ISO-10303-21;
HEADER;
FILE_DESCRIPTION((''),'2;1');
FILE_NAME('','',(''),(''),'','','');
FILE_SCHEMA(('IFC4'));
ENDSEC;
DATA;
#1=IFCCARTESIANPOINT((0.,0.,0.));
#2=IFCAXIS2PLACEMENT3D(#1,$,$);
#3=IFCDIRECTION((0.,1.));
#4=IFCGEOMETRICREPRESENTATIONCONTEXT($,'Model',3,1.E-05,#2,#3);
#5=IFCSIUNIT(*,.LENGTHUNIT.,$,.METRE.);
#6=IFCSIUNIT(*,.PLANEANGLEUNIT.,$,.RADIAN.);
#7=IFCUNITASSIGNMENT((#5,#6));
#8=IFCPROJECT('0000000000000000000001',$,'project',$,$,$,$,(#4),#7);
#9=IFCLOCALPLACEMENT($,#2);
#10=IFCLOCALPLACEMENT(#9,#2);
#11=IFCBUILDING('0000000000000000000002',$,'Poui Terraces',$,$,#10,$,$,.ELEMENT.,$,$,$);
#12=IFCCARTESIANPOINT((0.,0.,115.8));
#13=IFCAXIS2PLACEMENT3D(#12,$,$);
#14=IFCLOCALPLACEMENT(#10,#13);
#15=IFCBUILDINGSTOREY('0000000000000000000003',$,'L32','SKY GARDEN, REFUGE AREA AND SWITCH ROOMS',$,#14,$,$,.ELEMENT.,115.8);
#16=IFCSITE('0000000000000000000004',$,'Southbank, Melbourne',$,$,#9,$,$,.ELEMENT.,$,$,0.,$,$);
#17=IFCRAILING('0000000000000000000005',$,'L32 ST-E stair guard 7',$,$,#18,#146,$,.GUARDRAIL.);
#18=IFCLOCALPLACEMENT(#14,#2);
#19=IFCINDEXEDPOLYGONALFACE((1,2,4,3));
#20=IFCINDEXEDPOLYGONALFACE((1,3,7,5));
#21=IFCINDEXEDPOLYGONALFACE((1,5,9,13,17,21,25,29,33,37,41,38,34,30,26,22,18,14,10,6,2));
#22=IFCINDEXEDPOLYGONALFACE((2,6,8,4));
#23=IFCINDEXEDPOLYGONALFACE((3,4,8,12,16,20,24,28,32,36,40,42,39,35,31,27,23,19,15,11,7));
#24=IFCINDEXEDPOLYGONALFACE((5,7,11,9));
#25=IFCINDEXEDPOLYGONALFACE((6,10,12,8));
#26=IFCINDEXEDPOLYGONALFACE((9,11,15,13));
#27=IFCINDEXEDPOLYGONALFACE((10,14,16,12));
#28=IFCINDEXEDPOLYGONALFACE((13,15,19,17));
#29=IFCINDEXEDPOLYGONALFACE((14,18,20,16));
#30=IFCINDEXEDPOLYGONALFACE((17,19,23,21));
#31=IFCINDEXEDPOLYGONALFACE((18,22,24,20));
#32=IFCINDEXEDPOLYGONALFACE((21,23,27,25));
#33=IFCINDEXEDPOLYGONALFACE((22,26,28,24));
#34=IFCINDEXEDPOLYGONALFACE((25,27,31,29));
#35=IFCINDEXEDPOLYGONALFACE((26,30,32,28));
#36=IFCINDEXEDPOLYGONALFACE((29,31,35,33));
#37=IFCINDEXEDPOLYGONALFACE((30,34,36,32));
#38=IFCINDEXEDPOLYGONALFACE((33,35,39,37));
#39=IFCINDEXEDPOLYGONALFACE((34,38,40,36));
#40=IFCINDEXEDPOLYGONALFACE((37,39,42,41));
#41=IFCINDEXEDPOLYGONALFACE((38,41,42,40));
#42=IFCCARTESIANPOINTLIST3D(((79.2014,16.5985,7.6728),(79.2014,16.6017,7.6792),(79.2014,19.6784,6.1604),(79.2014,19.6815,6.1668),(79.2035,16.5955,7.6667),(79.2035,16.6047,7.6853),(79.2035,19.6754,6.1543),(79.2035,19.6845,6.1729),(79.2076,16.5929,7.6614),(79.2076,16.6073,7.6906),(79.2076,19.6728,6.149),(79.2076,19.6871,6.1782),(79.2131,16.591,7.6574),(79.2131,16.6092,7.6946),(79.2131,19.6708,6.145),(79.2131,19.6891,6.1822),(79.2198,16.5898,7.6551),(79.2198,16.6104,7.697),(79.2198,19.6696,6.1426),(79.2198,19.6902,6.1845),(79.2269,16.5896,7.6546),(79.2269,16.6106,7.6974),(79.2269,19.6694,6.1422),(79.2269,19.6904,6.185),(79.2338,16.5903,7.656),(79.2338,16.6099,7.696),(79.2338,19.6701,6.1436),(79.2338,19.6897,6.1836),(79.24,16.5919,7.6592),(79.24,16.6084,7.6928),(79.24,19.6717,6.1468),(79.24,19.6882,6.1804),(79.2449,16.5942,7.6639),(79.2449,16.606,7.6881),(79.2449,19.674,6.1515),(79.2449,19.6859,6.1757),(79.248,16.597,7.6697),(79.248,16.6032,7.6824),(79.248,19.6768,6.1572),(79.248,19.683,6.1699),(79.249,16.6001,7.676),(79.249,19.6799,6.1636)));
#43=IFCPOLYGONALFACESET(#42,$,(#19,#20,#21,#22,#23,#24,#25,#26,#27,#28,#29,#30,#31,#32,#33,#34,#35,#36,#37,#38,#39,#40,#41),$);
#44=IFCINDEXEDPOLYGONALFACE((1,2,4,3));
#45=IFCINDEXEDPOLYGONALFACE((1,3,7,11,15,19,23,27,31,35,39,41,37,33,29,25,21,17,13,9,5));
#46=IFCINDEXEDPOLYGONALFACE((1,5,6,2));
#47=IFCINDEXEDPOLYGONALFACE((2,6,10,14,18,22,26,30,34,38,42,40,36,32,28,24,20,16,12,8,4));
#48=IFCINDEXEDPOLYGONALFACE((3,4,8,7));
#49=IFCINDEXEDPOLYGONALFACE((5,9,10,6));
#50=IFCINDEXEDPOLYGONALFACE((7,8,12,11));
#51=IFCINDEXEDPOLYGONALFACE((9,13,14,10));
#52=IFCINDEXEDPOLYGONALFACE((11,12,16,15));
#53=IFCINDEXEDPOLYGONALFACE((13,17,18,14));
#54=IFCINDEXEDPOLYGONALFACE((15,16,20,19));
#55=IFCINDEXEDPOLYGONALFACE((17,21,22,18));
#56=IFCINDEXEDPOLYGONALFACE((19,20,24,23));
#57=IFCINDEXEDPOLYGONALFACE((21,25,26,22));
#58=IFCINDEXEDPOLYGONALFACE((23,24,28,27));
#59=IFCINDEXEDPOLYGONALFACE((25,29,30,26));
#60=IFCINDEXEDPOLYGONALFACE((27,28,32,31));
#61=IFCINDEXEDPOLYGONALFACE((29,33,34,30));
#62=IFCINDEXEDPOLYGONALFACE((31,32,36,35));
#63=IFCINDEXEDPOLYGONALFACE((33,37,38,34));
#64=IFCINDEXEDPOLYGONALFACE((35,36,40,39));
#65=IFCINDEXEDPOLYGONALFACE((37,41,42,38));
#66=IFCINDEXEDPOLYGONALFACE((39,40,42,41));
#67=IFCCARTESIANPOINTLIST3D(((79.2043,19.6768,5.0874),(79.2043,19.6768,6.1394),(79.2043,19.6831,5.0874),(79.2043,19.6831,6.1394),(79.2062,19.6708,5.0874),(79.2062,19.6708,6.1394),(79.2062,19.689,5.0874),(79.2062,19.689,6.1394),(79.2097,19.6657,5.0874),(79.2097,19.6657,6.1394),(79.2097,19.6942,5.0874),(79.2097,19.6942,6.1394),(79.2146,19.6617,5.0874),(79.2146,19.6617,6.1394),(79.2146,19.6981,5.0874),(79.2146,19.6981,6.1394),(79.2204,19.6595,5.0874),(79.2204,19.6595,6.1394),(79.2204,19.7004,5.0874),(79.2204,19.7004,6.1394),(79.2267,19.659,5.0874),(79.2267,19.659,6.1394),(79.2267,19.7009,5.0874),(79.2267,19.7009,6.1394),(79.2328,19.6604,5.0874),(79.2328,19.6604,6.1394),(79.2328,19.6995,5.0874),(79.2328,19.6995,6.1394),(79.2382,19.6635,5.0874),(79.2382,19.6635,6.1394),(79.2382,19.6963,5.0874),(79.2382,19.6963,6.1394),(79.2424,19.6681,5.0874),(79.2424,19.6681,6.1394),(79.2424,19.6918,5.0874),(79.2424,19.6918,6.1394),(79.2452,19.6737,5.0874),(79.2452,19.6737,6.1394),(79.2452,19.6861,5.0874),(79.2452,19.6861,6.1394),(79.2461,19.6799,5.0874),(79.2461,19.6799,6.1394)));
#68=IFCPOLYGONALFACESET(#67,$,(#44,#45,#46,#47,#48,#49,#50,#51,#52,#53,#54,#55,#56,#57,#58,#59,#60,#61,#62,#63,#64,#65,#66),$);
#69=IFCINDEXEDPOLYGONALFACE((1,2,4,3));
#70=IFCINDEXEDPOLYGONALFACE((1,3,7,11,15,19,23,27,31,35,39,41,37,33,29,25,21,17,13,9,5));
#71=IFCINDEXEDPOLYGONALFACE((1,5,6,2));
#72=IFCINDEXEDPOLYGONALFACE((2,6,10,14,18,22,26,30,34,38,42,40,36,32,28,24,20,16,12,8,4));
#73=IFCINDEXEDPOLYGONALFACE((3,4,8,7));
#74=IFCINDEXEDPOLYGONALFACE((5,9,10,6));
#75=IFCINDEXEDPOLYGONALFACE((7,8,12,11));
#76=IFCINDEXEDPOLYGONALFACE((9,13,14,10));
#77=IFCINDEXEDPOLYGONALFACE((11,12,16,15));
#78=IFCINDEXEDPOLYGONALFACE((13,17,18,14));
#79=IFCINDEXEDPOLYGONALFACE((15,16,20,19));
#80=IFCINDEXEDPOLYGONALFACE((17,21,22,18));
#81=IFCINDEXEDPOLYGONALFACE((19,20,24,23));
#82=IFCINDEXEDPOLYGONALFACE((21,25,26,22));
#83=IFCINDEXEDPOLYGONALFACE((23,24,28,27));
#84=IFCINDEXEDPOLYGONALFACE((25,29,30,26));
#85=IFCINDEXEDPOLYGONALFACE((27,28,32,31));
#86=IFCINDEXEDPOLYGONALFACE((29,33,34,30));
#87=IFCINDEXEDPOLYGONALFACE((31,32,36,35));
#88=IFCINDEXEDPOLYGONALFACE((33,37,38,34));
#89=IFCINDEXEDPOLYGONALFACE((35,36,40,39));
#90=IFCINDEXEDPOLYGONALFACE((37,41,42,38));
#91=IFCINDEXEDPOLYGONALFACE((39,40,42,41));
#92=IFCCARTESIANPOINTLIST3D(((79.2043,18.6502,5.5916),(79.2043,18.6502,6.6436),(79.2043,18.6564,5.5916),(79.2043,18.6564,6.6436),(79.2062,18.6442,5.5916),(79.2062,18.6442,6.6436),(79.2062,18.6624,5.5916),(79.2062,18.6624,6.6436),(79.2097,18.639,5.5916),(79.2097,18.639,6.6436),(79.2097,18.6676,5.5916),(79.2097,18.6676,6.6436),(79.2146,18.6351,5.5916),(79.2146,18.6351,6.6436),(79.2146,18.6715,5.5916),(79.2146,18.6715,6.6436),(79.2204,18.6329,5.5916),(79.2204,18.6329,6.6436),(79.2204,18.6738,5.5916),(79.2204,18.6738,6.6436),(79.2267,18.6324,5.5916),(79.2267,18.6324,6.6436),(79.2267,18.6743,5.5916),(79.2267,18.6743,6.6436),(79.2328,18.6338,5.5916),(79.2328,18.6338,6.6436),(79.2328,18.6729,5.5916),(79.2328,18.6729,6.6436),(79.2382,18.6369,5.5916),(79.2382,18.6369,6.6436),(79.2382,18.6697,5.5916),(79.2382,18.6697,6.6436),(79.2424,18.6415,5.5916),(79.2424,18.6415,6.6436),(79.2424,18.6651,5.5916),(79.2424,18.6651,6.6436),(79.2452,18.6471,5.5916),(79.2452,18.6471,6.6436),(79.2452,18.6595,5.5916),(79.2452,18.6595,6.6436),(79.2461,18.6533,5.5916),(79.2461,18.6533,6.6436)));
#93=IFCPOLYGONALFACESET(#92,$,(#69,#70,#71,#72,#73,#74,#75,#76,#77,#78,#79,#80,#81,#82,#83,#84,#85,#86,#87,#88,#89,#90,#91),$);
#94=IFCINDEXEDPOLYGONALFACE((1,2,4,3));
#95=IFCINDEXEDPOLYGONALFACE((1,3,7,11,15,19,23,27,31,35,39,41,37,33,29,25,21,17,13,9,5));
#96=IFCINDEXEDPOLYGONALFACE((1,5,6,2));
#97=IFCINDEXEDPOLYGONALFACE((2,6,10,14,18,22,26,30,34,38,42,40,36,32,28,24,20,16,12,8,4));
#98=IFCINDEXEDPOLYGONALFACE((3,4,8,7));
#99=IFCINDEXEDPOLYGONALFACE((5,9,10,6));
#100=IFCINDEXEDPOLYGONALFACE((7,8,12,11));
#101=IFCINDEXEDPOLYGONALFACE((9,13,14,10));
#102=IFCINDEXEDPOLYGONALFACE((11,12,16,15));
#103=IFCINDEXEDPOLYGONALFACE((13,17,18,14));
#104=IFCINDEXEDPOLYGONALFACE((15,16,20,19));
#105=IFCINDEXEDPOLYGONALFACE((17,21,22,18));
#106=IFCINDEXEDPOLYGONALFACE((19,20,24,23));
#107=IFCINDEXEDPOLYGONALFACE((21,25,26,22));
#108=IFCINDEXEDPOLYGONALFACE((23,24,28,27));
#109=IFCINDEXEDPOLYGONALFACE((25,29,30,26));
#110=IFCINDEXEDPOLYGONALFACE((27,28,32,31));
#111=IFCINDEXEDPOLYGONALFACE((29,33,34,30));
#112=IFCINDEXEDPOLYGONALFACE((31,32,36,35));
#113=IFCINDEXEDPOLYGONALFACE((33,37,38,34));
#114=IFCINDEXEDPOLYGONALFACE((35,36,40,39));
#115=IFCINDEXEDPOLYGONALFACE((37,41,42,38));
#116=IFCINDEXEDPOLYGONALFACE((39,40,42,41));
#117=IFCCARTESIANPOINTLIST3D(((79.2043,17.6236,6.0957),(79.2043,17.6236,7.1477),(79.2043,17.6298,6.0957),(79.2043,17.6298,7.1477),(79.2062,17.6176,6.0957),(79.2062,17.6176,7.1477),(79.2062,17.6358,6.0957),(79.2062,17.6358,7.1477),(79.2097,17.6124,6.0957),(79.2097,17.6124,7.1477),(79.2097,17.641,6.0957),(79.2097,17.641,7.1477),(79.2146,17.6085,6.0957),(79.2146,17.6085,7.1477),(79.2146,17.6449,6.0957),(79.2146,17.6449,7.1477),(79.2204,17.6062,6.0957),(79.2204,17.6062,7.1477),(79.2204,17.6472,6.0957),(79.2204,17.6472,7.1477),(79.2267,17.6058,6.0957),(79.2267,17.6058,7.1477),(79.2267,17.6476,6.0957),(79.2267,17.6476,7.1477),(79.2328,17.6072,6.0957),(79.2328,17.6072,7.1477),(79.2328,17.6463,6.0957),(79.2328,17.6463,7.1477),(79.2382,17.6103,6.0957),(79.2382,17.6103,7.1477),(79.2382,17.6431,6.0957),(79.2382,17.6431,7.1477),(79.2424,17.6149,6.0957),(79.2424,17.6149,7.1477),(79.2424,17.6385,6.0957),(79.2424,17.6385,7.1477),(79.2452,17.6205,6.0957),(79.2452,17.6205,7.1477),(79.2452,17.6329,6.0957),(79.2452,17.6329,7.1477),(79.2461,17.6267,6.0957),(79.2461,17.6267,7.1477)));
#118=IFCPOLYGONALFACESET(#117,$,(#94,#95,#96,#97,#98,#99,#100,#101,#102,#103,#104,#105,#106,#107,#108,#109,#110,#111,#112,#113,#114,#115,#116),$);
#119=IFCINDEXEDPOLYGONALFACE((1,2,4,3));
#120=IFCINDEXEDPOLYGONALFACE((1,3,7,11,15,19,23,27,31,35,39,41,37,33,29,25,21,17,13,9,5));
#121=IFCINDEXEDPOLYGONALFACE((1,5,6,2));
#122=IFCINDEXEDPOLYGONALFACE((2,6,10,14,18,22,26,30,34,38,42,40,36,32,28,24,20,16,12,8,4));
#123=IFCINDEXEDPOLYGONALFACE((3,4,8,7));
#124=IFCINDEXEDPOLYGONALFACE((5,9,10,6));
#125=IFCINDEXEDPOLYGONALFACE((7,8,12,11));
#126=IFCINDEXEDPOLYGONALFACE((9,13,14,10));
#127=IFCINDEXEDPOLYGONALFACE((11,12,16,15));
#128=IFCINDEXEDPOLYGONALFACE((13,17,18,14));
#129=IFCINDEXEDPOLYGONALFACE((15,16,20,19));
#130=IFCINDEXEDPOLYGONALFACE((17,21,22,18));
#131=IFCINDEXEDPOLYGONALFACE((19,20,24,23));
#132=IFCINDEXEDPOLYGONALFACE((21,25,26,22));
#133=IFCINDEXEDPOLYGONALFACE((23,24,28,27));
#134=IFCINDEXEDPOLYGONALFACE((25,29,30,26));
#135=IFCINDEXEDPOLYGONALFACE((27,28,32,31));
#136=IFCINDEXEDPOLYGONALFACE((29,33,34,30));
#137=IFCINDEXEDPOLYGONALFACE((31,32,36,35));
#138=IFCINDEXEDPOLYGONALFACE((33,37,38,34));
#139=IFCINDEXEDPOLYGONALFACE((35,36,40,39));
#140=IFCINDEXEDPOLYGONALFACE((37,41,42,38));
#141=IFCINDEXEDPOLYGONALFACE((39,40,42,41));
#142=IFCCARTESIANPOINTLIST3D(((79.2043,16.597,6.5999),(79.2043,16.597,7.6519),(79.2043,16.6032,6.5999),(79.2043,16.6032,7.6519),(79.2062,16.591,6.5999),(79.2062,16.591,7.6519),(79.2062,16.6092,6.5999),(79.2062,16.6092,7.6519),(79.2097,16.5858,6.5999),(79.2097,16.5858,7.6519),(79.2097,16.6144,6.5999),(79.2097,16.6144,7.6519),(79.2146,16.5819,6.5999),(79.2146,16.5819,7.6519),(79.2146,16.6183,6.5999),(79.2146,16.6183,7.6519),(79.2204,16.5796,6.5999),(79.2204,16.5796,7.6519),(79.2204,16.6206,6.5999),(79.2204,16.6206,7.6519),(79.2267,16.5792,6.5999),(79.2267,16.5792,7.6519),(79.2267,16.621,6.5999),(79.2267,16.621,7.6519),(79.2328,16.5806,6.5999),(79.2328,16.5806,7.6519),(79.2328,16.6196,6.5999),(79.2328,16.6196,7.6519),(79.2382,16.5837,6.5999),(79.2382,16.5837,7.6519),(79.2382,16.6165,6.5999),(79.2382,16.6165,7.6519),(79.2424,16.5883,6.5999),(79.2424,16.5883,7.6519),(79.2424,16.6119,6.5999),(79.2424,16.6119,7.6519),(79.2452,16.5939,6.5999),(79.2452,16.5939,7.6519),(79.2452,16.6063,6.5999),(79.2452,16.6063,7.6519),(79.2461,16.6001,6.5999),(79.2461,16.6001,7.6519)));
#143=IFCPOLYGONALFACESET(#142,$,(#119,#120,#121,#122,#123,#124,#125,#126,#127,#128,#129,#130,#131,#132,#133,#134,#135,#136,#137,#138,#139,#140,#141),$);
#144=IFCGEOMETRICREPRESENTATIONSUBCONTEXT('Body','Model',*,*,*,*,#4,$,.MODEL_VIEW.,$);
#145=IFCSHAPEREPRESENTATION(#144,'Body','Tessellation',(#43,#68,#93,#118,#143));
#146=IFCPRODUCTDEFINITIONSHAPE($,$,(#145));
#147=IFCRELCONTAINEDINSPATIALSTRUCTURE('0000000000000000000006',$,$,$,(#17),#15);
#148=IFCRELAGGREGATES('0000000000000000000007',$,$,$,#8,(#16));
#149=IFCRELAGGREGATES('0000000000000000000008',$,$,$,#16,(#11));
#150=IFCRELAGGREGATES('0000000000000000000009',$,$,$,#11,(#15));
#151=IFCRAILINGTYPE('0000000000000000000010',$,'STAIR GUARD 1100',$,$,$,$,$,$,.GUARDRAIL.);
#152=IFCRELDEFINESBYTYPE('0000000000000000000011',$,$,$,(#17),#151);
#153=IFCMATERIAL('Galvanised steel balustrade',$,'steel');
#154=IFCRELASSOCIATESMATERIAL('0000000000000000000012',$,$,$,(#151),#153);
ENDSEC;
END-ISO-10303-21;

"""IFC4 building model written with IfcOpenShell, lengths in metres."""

from ifc_helpers import new_model, si_unit, direction, frame, origin, origin_2d, place, context, subcontext, project, spatial, circle, extrude, material, type_object, element, save


model = new_model("IFC4")

# Units and contexts
model_context = context("Model", 3, precision=1e-05, world=origin(), true_north=direction((0.0, 1.0)))
body_context = subcontext(model_context, "Body", "Model", "MODEL_VIEW")
ifc_project = project(units=[si_unit("LENGTHUNIT", "METRE"), si_unit("PLANEANGLEUNIT", "RADIAN")], contexts=[model_context])

# Site, building, storey
site_placement = place(None, origin())
site = spatial("IfcSite", under=ifc_project, at=site_placement, Name="Southbank, Melbourne", CompositionType="ELEMENT", RefElevation=0.0)
building_placement = place(site_placement, origin())
building = spatial("IfcBuilding", under=site, at=building_placement, Name="Poui Terraces", CompositionType="ELEMENT")
storey_placement = place(building_placement, frame((0.0, 0.0, 115.8)))
storey = spatial("IfcBuildingStorey", under=building, at=storey_placement, Name="L32", Description="SKY GARDEN, REFUGE AREA AND SWITCH ROOMS", CompositionType="ELEMENT", Elevation=115.8)

# Railing
ifc_material_1 = material(Name="Galvanised steel balustrade", Category="steel")
railing_type_1 = type_object("IfcRailingType", Name="STAIR GUARD 1100", PredefinedType="GUARDRAIL", material=ifc_material_1)
railing_1_placement = place(storey_placement, frame((79.2251, 19.6799, 5.0874)))
element("IfcRailing", 1, at=railing_1_placement, inside=storey, type_object=railing_type_1, Name="L32 ST-E stair guard 7", PredefinedType="GUARDRAIL", context=body_context, shape_type="SweptSolid", body=[
    extrude(circle(Radius=0.0239, at=origin_2d()), frame((0.0, 0.0, 1.0762), z_axis=(0.0, -0.897606, 0.440798), x_axis=(1.0, 0.0, 0.0)), (0.0, 0.0, 1.0), 3.4312),
    extrude(circle(Radius=0.021, at=origin_2d()), origin(), (0.0, 0.0, 1.0), 1.052),
    extrude(circle(Radius=0.021, at=origin_2d()), frame((0.0, -1.0266, 0.5042)), (0.0, 0.0, 1.0), 1.052),
    extrude(circle(Radius=0.021, at=origin_2d()), frame((0.0, -2.0532, 1.0083)), (0.0, 0.0, 1.0), 1.052),
    extrude(circle(Radius=0.021, at=origin_2d()), frame((0.0, -3.0798, 1.5125)), (0.0, 0.0, 1.0), 1.052),
])

save(model, "model.ifc")
